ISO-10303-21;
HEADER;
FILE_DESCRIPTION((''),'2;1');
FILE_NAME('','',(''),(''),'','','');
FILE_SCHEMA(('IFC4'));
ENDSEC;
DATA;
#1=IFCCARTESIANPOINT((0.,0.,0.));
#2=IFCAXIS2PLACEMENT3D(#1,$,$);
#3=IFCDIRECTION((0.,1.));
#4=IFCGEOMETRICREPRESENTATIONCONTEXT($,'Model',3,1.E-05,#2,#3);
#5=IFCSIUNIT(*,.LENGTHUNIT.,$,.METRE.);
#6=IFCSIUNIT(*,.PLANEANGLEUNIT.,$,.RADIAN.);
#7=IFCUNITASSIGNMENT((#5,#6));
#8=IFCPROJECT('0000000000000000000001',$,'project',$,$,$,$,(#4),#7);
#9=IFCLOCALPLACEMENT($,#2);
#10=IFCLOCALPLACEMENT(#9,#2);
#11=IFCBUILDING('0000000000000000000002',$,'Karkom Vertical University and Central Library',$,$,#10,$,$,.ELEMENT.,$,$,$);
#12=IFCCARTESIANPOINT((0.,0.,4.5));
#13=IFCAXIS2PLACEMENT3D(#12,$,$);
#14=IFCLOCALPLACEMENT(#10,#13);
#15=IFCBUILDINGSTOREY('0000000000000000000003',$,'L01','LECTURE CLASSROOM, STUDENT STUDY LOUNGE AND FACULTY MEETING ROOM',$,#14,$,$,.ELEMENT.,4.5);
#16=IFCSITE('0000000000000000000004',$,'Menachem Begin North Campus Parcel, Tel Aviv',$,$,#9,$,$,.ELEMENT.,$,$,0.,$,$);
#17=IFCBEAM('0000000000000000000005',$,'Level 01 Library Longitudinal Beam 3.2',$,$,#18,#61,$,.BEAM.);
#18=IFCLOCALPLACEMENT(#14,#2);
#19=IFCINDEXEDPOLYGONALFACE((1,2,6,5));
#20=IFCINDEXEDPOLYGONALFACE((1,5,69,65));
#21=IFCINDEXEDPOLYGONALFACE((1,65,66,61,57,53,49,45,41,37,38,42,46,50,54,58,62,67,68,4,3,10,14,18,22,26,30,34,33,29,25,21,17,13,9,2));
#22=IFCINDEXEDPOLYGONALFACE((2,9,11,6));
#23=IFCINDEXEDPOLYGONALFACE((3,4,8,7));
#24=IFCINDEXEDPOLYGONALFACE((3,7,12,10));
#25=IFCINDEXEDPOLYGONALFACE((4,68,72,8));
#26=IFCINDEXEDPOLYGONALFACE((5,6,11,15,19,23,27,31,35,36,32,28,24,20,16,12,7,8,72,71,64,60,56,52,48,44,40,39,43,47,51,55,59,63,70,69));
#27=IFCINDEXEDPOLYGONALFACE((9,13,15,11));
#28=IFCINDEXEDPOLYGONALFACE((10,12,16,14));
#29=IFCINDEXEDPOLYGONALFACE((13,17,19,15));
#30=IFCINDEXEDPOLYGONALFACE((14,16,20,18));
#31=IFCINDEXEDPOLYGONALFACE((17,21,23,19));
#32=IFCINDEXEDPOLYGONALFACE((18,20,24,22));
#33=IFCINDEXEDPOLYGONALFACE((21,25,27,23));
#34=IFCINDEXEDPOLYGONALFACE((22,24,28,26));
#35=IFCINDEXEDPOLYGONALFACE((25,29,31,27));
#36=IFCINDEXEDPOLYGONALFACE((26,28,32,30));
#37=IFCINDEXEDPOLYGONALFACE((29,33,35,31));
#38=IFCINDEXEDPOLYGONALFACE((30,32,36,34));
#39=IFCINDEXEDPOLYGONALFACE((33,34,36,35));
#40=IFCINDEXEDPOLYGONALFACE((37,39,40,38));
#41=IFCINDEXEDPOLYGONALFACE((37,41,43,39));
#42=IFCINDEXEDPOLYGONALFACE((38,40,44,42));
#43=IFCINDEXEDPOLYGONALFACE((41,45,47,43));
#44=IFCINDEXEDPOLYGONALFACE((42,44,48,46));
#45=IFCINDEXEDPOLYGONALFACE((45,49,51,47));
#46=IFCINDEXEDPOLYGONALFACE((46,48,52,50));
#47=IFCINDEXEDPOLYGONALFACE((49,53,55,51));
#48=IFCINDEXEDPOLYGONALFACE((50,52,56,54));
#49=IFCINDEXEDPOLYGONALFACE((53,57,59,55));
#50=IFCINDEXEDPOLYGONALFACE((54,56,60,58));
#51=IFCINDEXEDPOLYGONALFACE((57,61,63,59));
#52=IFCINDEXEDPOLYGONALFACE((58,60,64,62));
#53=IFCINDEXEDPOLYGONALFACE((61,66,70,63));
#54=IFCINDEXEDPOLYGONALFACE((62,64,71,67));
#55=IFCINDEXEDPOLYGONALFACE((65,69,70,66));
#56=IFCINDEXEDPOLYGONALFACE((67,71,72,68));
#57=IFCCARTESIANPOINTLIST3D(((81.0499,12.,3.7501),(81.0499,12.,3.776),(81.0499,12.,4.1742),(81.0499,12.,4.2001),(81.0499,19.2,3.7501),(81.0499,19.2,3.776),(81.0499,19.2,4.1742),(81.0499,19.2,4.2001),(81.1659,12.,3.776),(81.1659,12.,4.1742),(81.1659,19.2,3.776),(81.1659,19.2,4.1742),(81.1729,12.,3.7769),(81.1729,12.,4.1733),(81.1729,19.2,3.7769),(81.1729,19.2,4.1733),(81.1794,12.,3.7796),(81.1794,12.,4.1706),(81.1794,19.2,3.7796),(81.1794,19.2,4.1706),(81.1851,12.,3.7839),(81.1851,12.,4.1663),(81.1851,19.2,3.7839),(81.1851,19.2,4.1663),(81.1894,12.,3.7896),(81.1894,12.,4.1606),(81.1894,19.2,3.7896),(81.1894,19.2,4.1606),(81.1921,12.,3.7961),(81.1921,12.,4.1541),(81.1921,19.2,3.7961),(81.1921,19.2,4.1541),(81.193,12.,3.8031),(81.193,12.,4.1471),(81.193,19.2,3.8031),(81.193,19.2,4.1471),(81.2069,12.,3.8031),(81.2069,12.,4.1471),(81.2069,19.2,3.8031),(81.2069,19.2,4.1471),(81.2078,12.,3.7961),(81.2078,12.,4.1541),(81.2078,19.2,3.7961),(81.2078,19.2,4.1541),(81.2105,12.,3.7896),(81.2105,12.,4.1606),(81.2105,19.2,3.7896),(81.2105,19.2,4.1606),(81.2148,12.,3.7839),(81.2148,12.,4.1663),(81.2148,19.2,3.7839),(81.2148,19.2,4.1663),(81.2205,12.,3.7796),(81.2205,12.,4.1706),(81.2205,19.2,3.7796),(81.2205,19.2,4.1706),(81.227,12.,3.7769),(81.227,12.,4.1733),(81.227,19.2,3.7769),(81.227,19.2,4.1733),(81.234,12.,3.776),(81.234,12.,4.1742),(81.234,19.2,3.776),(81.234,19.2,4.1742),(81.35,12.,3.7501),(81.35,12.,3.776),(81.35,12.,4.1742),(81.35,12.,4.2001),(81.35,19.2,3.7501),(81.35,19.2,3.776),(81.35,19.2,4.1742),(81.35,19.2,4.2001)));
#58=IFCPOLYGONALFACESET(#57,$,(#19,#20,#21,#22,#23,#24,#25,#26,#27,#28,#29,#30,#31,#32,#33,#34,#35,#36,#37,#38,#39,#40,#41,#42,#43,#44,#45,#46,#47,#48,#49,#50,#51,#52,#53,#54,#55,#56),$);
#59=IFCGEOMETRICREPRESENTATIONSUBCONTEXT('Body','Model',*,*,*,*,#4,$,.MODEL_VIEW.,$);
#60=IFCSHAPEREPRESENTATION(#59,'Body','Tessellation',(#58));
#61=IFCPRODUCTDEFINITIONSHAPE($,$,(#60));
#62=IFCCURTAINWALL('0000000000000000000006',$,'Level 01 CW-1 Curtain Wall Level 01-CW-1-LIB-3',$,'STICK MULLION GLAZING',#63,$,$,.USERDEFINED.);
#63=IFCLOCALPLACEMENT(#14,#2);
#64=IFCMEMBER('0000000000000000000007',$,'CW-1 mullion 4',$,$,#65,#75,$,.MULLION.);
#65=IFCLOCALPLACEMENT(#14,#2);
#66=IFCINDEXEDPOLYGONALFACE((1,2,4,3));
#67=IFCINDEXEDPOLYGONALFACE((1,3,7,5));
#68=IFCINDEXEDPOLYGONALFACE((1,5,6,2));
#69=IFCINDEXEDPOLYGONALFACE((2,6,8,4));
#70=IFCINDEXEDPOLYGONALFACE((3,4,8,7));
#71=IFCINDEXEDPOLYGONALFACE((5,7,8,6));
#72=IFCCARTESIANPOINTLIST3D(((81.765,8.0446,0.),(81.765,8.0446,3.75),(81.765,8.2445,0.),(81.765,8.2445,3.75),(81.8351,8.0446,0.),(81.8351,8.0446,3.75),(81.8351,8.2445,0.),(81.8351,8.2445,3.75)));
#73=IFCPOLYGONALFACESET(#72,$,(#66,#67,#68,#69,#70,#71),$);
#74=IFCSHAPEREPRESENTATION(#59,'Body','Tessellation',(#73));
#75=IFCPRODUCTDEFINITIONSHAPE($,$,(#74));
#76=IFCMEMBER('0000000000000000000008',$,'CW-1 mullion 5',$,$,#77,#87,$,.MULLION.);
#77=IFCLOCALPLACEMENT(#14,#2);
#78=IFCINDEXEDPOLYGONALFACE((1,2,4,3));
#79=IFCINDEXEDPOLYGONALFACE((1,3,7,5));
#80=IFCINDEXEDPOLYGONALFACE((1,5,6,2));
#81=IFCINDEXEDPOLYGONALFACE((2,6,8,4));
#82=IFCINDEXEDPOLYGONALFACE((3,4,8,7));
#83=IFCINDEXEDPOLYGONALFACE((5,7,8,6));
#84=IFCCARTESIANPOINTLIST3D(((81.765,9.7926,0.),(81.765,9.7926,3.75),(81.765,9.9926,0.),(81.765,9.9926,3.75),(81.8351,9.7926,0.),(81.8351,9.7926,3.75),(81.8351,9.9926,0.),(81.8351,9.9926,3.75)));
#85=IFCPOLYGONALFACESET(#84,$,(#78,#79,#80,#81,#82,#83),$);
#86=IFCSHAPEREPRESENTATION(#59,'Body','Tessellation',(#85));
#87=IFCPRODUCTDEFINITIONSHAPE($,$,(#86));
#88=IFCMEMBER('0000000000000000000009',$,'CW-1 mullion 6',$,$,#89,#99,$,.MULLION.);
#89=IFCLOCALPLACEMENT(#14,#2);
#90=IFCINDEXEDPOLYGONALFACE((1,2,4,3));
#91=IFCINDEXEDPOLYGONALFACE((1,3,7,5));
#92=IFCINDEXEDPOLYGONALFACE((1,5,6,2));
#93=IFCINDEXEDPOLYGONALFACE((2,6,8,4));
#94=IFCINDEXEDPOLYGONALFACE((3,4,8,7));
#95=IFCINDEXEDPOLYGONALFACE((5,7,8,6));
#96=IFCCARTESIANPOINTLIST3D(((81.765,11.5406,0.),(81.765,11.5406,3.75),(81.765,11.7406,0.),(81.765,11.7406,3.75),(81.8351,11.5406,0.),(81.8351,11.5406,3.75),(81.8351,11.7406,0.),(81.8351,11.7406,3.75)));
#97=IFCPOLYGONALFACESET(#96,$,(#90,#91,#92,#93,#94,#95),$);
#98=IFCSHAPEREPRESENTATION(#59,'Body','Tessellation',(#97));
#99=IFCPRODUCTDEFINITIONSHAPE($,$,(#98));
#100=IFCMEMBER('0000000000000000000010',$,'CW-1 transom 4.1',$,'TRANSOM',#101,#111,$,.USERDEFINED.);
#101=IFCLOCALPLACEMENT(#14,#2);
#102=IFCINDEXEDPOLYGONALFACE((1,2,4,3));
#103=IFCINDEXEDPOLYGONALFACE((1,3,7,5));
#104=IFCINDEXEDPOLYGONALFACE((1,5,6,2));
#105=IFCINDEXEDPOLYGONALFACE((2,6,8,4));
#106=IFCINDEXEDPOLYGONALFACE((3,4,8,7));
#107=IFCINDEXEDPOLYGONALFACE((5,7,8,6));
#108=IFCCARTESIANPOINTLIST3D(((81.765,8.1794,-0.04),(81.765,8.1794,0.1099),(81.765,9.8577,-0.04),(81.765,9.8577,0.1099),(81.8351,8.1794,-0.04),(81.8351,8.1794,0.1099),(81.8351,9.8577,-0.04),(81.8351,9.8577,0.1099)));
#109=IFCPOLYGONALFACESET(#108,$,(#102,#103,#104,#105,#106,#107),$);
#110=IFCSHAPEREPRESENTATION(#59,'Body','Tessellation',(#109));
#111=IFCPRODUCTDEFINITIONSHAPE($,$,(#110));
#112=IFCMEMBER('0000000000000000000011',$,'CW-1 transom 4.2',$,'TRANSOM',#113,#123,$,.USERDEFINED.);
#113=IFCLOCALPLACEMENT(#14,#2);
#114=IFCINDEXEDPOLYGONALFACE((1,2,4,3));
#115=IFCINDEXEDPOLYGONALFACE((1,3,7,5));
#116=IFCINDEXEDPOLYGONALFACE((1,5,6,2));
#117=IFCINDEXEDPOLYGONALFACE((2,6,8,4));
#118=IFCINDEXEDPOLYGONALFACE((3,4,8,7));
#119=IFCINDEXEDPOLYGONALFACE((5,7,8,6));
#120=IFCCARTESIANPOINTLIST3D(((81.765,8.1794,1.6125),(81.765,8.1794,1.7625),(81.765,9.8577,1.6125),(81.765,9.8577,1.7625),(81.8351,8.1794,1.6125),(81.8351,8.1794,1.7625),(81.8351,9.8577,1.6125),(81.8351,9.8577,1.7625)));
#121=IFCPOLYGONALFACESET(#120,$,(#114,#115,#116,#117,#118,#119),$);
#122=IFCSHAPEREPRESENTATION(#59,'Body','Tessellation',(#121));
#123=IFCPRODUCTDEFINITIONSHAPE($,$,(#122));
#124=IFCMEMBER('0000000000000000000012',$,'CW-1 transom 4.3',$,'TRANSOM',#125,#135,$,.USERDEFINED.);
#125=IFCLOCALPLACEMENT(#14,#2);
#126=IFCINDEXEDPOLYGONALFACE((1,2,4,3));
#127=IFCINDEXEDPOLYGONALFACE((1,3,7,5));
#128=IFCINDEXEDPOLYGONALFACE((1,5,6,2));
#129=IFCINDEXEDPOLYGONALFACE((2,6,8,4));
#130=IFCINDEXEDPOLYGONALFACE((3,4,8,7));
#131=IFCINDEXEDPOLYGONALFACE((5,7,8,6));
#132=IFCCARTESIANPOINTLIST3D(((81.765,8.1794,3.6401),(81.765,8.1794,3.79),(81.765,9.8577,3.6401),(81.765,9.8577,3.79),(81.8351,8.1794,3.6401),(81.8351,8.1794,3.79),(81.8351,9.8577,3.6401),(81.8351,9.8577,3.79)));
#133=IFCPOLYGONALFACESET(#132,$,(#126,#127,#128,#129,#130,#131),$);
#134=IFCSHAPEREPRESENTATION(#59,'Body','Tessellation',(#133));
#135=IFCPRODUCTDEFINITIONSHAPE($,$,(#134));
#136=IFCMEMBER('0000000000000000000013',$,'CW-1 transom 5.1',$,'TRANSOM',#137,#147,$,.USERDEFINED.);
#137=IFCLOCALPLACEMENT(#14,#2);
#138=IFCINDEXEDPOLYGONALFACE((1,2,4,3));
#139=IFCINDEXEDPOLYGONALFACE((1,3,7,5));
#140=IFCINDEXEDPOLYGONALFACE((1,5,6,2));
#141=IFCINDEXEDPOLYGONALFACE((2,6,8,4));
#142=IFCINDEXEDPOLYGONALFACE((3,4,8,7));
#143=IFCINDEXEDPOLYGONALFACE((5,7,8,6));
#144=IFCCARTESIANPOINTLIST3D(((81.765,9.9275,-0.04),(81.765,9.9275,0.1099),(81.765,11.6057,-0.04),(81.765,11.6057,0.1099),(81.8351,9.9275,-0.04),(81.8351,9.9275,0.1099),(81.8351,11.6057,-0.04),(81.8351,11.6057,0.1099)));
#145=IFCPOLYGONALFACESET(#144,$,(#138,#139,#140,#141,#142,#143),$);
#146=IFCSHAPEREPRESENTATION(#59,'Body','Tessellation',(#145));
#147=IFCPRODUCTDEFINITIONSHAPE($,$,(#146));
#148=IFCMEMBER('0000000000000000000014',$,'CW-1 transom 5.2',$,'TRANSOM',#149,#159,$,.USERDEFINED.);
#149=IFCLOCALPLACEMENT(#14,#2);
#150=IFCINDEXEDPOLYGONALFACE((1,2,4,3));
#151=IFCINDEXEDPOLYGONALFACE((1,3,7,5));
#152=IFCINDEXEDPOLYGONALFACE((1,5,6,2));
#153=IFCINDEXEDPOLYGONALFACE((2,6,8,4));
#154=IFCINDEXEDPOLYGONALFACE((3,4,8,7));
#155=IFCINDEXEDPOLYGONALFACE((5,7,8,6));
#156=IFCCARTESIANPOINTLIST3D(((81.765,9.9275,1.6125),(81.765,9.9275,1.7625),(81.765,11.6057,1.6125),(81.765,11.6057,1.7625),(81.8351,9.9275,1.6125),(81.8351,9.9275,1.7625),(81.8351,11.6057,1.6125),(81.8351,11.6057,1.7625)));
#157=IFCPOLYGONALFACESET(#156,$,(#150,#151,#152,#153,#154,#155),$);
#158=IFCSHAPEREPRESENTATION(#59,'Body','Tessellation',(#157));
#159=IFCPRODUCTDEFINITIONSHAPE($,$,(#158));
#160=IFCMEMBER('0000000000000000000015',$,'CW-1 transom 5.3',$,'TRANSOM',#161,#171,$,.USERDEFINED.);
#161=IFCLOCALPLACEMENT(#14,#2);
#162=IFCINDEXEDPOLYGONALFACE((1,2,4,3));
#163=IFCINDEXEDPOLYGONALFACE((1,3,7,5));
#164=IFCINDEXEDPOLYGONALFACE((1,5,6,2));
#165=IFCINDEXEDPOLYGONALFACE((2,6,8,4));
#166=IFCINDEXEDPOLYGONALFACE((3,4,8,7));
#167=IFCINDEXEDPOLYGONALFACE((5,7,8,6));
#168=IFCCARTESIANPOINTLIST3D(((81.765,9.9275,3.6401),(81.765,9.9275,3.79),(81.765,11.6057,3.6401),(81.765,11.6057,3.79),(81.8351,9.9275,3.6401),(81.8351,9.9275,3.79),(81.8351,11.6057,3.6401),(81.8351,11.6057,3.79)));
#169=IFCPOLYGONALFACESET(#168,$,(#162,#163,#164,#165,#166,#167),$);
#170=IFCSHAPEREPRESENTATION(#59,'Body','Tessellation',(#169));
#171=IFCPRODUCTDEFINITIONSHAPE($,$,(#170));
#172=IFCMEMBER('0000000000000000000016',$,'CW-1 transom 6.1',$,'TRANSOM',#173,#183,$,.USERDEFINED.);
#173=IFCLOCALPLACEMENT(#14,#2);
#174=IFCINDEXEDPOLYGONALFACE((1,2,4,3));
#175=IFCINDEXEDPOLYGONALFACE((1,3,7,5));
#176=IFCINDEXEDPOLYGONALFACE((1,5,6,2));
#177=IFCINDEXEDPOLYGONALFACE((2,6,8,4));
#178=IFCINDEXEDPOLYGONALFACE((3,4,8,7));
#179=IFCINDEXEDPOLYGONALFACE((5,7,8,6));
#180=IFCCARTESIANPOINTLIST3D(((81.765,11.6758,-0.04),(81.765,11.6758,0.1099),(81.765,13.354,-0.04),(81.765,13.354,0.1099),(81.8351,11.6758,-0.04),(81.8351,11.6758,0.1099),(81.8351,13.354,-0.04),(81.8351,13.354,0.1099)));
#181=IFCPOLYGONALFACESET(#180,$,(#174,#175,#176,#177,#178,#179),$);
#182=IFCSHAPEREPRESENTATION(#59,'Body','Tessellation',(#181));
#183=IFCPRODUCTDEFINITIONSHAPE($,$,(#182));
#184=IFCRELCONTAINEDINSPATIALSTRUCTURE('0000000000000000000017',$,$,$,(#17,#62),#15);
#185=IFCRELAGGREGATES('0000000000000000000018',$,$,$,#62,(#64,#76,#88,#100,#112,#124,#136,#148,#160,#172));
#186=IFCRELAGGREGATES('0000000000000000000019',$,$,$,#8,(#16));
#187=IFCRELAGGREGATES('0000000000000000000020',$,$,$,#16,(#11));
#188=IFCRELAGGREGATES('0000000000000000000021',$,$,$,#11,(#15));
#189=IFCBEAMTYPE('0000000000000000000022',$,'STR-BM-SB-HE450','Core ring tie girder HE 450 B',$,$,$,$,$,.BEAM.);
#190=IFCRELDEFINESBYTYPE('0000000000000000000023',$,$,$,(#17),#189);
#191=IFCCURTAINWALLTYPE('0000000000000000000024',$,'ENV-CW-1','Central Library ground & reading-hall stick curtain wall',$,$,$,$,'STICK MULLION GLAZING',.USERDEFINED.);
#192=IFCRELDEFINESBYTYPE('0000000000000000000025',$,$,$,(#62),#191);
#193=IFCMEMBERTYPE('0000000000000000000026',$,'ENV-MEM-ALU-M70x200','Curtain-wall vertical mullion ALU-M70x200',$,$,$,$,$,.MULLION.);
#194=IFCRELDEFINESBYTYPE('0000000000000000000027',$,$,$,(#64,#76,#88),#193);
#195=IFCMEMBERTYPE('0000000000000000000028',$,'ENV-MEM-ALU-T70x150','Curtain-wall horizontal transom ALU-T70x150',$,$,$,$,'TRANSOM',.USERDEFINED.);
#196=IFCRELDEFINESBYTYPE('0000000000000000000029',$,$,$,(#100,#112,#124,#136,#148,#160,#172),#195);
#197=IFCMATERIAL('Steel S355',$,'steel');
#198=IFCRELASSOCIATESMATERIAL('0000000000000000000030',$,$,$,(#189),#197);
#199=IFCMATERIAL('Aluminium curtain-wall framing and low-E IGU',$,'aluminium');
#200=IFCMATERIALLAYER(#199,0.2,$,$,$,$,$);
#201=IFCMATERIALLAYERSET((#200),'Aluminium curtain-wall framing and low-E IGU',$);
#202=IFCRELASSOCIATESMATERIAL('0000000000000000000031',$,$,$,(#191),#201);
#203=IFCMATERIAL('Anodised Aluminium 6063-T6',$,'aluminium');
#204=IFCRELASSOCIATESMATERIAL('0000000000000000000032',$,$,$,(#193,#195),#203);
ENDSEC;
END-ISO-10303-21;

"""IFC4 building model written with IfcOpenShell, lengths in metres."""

from ifc_helpers import new_model, si_unit, direction, frame, origin, origin_with_axes, origin_2d, place, context, subcontext, project, spatial, rectangle, i_section, extrude, source, transform, mapped, material, layer, layer_set, material_profile, profile_set, type_object, element, aggregate, save


model = new_model("IFC4")

# Units and contexts
model_context = context("Model", 3, precision=1e-05, world=origin(), true_north=direction((0.0, 1.0)))
body_context = subcontext(model_context, "Body", "Model", "MODEL_VIEW")
ifc_project = project(units=[si_unit("LENGTHUNIT", "METRE"), si_unit("PLANEANGLEUNIT", "RADIAN")], contexts=[model_context])

# Site, building, storey
site_placement = place(None, origin())
site = spatial("IfcSite", under=ifc_project, at=site_placement, Name="Menachem Begin North Campus Parcel, Tel Aviv", CompositionType="ELEMENT", RefElevation=0.0)
building_placement = place(site_placement, origin())
building = spatial("IfcBuilding", under=site, at=building_placement, Name="Karkom Vertical University and Central Library", CompositionType="ELEMENT")
storey_placement = place(building_placement, frame((0.0, 0.0, 4.5)))
storey = spatial("IfcBuildingStorey", under=building, at=storey_placement, Name="L01", Description="LECTURE CLASSROOM, STUDENT STUDY LOUNGE AND FACULTY MEETING ROOM", CompositionType="ELEMENT", Elevation=4.5)

# Beam
ifc_material_1 = material(Name="Steel S355", Category="steel")
ifc_material_profile_1 = material_profile(ifc_material_1, i_section(OverallWidth=0.3, OverallDepth=0.45, WebThickness=0.0139, FlangeThickness=0.0259, FilletRadius=0.0271, at=origin_2d()), Name="HE 450 B")
ifc_profile_set_1 = profile_set([ifc_material_profile_1], Name="Steel S355")
beam_type_1 = type_object("IfcBeamType", Name="STR-BM-SB-HE450", Description="Core ring tie girder HE 450 B", PredefinedType="BEAM", material=ifc_profile_set_1)
shared_shape_1 = source(origin_with_axes(), body_context, "Body", "SweptSolid", [
    extrude(i_section(OverallWidth=0.3, OverallDepth=0.45, WebThickness=0.0139, FlangeThickness=0.0259, FilletRadius=0.0271, at=origin_2d()), origin(), (0.0, 0.0, 1.0), 7.2),
])
for number, where, z_axis, x_axis, name in (
    (1, (81.2, 12.0, 3.9751), (0.0, 1.0, 0.0), (-1.0, 0.0, 0.0), "Level 01 Library Longitudinal Beam 3.2"),
):
    element("IfcBeam", number, at=place(storey_placement, frame(where, z_axis=z_axis, x_axis=x_axis)), inside=storey, type_object=beam_type_1, Name=name, PredefinedType="BEAM", context=body_context, shape_type="MappedRepresentation", body=[
        mapped(shared_shape_1, transform((0.0, 0.0, 0.0), scale=1.0)),
    ])

# Curtain wall, members
ifc_material_2 = material(Name="Aluminium curtain-wall framing and low-E IGU", Category="aluminium")
ifc_layer_1 = layer(ifc_material_2, 0.2)
ifc_layer_set_1 = layer_set([ifc_layer_1], Name="Aluminium curtain-wall framing and low-E IGU")
curtain_wall_type = type_object("IfcCurtainWallType", Name="ENV-CW-1", Description="Central Library ground & reading-hall stick curtain wall", ElementType="STICK MULLION GLAZING", PredefinedType="USERDEFINED", material=ifc_layer_set_1)
curtain_wall_placement = place(storey_placement, origin())
curtain_wall = element("IfcCurtainWall", 2, at=curtain_wall_placement, inside=storey, type_object=curtain_wall_type, Name="Level 01 CW-1 Curtain Wall Level 01-CW-1-LIB-3", ObjectType="STICK MULLION GLAZING", PredefinedType="USERDEFINED")
ifc_material_3 = material(Name="Anodised Aluminium 6063-T6", Category="aluminium")
ifc_material_profile_2 = material_profile(ifc_material_3, rectangle(XDim=0.0701, YDim=0.2, at=origin_2d()), Name="ALU-M70x200")
ifc_profile_set_2 = profile_set([ifc_material_profile_2], Name="Anodised Aluminium 6063-T6")
member_type_1 = type_object("IfcMemberType", Name="ENV-MEM-ALU-M70x200", Description="Curtain-wall vertical mullion ALU-M70x200", PredefinedType="MULLION", material=ifc_profile_set_2)
shared_shape_2 = source(origin_with_axes(), body_context, "Body", "SweptSolid", [
    extrude(rectangle(XDim=0.0701, YDim=0.2, at=origin_2d()), origin(), (0.0, 0.0, 1.0), 3.75),
])
member_1_placement = place(storey_placement, frame((81.8, 8.1445, 0.0), z_axis=(0.0, 0.0, 1.0), x_axis=(-1.0, 0.0, 0.0)))
member_1 = element("IfcMember", 3, at=member_1_placement, type_object=member_type_1, Name="CW-1 mullion 4", PredefinedType="MULLION", context=body_context, shape_type="MappedRepresentation", body=[
    mapped(shared_shape_2, transform((0.0, 0.0, 0.0), scale=1.0)),
])
member_2_placement = place(storey_placement, frame((81.8, 9.8926, 0.0), z_axis=(0.0, 0.0, 1.0), x_axis=(-1.0, 0.0, 0.0)))
member_2 = element("IfcMember", 4, at=member_2_placement, type_object=member_type_1, Name="CW-1 mullion 5", PredefinedType="MULLION", context=body_context, shape_type="MappedRepresentation", body=[
    mapped(shared_shape_2, transform((0.0, 0.0, 0.0), scale=1.0)),
])
member_3_placement = place(storey_placement, frame((81.8, 11.6406, 0.0), z_axis=(0.0, 0.0, 1.0), x_axis=(-1.0, 0.0, 0.0)))
member_3 = element("IfcMember", 5, at=member_3_placement, type_object=member_type_1, Name="CW-1 mullion 6", PredefinedType="MULLION", context=body_context, shape_type="MappedRepresentation", body=[
    mapped(shared_shape_2, transform((0.0, 0.0, 0.0), scale=1.0)),
])
ifc_material_profile_3 = material_profile(ifc_material_3, rectangle(XDim=0.0701, YDim=0.1499, at=origin_2d()), Name="ALU-T70x150")
ifc_profile_set_3 = profile_set([ifc_material_profile_3], Name="Anodised Aluminium 6063-T6")
member_type_2 = type_object("IfcMemberType", Name="ENV-MEM-ALU-T70x150", Description="Curtain-wall horizontal transom ALU-T70x150", ElementType="TRANSOM", PredefinedType="USERDEFINED", material=ifc_profile_set_3)
shared_shape_3 = source(origin_with_axes(), body_context, "Body", "SweptSolid", [
    extrude(rectangle(XDim=0.0701, YDim=0.1499, at=origin_2d()), origin(), (0.0, 0.0, 1.0), 1.6782),
])
member_4_placement = place(storey_placement, frame((81.8, 8.1794, 0.0349), z_axis=(0.0, 1.0, 0.0), x_axis=(-1.0, 0.0, 0.0)))
member_4 = element("IfcMember", 6, at=member_4_placement, type_object=member_type_2, Name="CW-1 transom 4.1", ObjectType="TRANSOM", PredefinedType="USERDEFINED", context=body_context, shape_type="MappedRepresentation", body=[
    mapped(shared_shape_3, transform((0.0, 0.0, 0.0), scale=1.0)),
])
member_5_placement = place(storey_placement, frame((81.8, 8.1794, 1.6875), z_axis=(0.0, 1.0, 0.0), x_axis=(-1.0, 0.0, 0.0)))
member_5 = element("IfcMember", 7, at=member_5_placement, type_object=member_type_2, Name="CW-1 transom 4.2", ObjectType="TRANSOM", PredefinedType="USERDEFINED", context=body_context, shape_type="MappedRepresentation", body=[
    mapped(shared_shape_3, transform((0.0, 0.0, 0.0), scale=1.0)),
])
member_6_placement = place(storey_placement, frame((81.8, 8.1794, 3.7151), z_axis=(0.0, 1.0, 0.0), x_axis=(-1.0, 0.0, 0.0)))
member_6 = element("IfcMember", 8, at=member_6_placement, type_object=member_type_2, Name="CW-1 transom 4.3", ObjectType="TRANSOM", PredefinedType="USERDEFINED", context=body_context, shape_type="MappedRepresentation", body=[
    mapped(shared_shape_3, transform((0.0, 0.0, 0.0), scale=1.0)),
])
member_7_placement = place(storey_placement, frame((81.8, 9.9275, 0.0349), z_axis=(0.0, 1.0, 0.0), x_axis=(-1.0, 0.0, 0.0)))
member_7 = element("IfcMember", 9, at=member_7_placement, type_object=member_type_2, Name="CW-1 transom 5.1", ObjectType="TRANSOM", PredefinedType="USERDEFINED", context=body_context, shape_type="MappedRepresentation", body=[
    mapped(shared_shape_3, transform((0.0, 0.0, 0.0), scale=1.0)),
])
member_8_placement = place(storey_placement, frame((81.8, 9.9275, 1.6875), z_axis=(0.0, 1.0, 0.0), x_axis=(-1.0, 0.0, 0.0)))
member_8 = element("IfcMember", 10, at=member_8_placement, type_object=member_type_2, Name="CW-1 transom 5.2", ObjectType="TRANSOM", PredefinedType="USERDEFINED", context=body_context, shape_type="MappedRepresentation", body=[
    mapped(shared_shape_3, transform((0.0, 0.0, 0.0), scale=1.0)),
])
member_9_placement = place(storey_placement, frame((81.8, 9.9275, 3.7151), z_axis=(0.0, 1.0, 0.0), x_axis=(-1.0, 0.0, 0.0)))
member_9 = element("IfcMember", 11, at=member_9_placement, type_object=member_type_2, Name="CW-1 transom 5.3", ObjectType="TRANSOM", PredefinedType="USERDEFINED", context=body_context, shape_type="MappedRepresentation", body=[
    mapped(shared_shape_3, transform((0.0, 0.0, 0.0), scale=1.0)),
])
member_10_placement = place(storey_placement, frame((81.8, 11.6758, 0.0349), z_axis=(0.0, 1.0, 0.0), x_axis=(-1.0, 0.0, 0.0)))
member_10 = element("IfcMember", 12, at=member_10_placement, type_object=member_type_2, Name="CW-1 transom 6.1", ObjectType="TRANSOM", PredefinedType="USERDEFINED", context=body_context, shape_type="MappedRepresentation", body=[
    mapped(shared_shape_3, transform((0.0, 0.0, 0.0), scale=1.0)),
])
aggregate(curtain_wall, [member_1, member_2, member_3, member_4, member_5, member_6, member_7, member_8, member_9, member_10])

save(model, "model.ifc")
